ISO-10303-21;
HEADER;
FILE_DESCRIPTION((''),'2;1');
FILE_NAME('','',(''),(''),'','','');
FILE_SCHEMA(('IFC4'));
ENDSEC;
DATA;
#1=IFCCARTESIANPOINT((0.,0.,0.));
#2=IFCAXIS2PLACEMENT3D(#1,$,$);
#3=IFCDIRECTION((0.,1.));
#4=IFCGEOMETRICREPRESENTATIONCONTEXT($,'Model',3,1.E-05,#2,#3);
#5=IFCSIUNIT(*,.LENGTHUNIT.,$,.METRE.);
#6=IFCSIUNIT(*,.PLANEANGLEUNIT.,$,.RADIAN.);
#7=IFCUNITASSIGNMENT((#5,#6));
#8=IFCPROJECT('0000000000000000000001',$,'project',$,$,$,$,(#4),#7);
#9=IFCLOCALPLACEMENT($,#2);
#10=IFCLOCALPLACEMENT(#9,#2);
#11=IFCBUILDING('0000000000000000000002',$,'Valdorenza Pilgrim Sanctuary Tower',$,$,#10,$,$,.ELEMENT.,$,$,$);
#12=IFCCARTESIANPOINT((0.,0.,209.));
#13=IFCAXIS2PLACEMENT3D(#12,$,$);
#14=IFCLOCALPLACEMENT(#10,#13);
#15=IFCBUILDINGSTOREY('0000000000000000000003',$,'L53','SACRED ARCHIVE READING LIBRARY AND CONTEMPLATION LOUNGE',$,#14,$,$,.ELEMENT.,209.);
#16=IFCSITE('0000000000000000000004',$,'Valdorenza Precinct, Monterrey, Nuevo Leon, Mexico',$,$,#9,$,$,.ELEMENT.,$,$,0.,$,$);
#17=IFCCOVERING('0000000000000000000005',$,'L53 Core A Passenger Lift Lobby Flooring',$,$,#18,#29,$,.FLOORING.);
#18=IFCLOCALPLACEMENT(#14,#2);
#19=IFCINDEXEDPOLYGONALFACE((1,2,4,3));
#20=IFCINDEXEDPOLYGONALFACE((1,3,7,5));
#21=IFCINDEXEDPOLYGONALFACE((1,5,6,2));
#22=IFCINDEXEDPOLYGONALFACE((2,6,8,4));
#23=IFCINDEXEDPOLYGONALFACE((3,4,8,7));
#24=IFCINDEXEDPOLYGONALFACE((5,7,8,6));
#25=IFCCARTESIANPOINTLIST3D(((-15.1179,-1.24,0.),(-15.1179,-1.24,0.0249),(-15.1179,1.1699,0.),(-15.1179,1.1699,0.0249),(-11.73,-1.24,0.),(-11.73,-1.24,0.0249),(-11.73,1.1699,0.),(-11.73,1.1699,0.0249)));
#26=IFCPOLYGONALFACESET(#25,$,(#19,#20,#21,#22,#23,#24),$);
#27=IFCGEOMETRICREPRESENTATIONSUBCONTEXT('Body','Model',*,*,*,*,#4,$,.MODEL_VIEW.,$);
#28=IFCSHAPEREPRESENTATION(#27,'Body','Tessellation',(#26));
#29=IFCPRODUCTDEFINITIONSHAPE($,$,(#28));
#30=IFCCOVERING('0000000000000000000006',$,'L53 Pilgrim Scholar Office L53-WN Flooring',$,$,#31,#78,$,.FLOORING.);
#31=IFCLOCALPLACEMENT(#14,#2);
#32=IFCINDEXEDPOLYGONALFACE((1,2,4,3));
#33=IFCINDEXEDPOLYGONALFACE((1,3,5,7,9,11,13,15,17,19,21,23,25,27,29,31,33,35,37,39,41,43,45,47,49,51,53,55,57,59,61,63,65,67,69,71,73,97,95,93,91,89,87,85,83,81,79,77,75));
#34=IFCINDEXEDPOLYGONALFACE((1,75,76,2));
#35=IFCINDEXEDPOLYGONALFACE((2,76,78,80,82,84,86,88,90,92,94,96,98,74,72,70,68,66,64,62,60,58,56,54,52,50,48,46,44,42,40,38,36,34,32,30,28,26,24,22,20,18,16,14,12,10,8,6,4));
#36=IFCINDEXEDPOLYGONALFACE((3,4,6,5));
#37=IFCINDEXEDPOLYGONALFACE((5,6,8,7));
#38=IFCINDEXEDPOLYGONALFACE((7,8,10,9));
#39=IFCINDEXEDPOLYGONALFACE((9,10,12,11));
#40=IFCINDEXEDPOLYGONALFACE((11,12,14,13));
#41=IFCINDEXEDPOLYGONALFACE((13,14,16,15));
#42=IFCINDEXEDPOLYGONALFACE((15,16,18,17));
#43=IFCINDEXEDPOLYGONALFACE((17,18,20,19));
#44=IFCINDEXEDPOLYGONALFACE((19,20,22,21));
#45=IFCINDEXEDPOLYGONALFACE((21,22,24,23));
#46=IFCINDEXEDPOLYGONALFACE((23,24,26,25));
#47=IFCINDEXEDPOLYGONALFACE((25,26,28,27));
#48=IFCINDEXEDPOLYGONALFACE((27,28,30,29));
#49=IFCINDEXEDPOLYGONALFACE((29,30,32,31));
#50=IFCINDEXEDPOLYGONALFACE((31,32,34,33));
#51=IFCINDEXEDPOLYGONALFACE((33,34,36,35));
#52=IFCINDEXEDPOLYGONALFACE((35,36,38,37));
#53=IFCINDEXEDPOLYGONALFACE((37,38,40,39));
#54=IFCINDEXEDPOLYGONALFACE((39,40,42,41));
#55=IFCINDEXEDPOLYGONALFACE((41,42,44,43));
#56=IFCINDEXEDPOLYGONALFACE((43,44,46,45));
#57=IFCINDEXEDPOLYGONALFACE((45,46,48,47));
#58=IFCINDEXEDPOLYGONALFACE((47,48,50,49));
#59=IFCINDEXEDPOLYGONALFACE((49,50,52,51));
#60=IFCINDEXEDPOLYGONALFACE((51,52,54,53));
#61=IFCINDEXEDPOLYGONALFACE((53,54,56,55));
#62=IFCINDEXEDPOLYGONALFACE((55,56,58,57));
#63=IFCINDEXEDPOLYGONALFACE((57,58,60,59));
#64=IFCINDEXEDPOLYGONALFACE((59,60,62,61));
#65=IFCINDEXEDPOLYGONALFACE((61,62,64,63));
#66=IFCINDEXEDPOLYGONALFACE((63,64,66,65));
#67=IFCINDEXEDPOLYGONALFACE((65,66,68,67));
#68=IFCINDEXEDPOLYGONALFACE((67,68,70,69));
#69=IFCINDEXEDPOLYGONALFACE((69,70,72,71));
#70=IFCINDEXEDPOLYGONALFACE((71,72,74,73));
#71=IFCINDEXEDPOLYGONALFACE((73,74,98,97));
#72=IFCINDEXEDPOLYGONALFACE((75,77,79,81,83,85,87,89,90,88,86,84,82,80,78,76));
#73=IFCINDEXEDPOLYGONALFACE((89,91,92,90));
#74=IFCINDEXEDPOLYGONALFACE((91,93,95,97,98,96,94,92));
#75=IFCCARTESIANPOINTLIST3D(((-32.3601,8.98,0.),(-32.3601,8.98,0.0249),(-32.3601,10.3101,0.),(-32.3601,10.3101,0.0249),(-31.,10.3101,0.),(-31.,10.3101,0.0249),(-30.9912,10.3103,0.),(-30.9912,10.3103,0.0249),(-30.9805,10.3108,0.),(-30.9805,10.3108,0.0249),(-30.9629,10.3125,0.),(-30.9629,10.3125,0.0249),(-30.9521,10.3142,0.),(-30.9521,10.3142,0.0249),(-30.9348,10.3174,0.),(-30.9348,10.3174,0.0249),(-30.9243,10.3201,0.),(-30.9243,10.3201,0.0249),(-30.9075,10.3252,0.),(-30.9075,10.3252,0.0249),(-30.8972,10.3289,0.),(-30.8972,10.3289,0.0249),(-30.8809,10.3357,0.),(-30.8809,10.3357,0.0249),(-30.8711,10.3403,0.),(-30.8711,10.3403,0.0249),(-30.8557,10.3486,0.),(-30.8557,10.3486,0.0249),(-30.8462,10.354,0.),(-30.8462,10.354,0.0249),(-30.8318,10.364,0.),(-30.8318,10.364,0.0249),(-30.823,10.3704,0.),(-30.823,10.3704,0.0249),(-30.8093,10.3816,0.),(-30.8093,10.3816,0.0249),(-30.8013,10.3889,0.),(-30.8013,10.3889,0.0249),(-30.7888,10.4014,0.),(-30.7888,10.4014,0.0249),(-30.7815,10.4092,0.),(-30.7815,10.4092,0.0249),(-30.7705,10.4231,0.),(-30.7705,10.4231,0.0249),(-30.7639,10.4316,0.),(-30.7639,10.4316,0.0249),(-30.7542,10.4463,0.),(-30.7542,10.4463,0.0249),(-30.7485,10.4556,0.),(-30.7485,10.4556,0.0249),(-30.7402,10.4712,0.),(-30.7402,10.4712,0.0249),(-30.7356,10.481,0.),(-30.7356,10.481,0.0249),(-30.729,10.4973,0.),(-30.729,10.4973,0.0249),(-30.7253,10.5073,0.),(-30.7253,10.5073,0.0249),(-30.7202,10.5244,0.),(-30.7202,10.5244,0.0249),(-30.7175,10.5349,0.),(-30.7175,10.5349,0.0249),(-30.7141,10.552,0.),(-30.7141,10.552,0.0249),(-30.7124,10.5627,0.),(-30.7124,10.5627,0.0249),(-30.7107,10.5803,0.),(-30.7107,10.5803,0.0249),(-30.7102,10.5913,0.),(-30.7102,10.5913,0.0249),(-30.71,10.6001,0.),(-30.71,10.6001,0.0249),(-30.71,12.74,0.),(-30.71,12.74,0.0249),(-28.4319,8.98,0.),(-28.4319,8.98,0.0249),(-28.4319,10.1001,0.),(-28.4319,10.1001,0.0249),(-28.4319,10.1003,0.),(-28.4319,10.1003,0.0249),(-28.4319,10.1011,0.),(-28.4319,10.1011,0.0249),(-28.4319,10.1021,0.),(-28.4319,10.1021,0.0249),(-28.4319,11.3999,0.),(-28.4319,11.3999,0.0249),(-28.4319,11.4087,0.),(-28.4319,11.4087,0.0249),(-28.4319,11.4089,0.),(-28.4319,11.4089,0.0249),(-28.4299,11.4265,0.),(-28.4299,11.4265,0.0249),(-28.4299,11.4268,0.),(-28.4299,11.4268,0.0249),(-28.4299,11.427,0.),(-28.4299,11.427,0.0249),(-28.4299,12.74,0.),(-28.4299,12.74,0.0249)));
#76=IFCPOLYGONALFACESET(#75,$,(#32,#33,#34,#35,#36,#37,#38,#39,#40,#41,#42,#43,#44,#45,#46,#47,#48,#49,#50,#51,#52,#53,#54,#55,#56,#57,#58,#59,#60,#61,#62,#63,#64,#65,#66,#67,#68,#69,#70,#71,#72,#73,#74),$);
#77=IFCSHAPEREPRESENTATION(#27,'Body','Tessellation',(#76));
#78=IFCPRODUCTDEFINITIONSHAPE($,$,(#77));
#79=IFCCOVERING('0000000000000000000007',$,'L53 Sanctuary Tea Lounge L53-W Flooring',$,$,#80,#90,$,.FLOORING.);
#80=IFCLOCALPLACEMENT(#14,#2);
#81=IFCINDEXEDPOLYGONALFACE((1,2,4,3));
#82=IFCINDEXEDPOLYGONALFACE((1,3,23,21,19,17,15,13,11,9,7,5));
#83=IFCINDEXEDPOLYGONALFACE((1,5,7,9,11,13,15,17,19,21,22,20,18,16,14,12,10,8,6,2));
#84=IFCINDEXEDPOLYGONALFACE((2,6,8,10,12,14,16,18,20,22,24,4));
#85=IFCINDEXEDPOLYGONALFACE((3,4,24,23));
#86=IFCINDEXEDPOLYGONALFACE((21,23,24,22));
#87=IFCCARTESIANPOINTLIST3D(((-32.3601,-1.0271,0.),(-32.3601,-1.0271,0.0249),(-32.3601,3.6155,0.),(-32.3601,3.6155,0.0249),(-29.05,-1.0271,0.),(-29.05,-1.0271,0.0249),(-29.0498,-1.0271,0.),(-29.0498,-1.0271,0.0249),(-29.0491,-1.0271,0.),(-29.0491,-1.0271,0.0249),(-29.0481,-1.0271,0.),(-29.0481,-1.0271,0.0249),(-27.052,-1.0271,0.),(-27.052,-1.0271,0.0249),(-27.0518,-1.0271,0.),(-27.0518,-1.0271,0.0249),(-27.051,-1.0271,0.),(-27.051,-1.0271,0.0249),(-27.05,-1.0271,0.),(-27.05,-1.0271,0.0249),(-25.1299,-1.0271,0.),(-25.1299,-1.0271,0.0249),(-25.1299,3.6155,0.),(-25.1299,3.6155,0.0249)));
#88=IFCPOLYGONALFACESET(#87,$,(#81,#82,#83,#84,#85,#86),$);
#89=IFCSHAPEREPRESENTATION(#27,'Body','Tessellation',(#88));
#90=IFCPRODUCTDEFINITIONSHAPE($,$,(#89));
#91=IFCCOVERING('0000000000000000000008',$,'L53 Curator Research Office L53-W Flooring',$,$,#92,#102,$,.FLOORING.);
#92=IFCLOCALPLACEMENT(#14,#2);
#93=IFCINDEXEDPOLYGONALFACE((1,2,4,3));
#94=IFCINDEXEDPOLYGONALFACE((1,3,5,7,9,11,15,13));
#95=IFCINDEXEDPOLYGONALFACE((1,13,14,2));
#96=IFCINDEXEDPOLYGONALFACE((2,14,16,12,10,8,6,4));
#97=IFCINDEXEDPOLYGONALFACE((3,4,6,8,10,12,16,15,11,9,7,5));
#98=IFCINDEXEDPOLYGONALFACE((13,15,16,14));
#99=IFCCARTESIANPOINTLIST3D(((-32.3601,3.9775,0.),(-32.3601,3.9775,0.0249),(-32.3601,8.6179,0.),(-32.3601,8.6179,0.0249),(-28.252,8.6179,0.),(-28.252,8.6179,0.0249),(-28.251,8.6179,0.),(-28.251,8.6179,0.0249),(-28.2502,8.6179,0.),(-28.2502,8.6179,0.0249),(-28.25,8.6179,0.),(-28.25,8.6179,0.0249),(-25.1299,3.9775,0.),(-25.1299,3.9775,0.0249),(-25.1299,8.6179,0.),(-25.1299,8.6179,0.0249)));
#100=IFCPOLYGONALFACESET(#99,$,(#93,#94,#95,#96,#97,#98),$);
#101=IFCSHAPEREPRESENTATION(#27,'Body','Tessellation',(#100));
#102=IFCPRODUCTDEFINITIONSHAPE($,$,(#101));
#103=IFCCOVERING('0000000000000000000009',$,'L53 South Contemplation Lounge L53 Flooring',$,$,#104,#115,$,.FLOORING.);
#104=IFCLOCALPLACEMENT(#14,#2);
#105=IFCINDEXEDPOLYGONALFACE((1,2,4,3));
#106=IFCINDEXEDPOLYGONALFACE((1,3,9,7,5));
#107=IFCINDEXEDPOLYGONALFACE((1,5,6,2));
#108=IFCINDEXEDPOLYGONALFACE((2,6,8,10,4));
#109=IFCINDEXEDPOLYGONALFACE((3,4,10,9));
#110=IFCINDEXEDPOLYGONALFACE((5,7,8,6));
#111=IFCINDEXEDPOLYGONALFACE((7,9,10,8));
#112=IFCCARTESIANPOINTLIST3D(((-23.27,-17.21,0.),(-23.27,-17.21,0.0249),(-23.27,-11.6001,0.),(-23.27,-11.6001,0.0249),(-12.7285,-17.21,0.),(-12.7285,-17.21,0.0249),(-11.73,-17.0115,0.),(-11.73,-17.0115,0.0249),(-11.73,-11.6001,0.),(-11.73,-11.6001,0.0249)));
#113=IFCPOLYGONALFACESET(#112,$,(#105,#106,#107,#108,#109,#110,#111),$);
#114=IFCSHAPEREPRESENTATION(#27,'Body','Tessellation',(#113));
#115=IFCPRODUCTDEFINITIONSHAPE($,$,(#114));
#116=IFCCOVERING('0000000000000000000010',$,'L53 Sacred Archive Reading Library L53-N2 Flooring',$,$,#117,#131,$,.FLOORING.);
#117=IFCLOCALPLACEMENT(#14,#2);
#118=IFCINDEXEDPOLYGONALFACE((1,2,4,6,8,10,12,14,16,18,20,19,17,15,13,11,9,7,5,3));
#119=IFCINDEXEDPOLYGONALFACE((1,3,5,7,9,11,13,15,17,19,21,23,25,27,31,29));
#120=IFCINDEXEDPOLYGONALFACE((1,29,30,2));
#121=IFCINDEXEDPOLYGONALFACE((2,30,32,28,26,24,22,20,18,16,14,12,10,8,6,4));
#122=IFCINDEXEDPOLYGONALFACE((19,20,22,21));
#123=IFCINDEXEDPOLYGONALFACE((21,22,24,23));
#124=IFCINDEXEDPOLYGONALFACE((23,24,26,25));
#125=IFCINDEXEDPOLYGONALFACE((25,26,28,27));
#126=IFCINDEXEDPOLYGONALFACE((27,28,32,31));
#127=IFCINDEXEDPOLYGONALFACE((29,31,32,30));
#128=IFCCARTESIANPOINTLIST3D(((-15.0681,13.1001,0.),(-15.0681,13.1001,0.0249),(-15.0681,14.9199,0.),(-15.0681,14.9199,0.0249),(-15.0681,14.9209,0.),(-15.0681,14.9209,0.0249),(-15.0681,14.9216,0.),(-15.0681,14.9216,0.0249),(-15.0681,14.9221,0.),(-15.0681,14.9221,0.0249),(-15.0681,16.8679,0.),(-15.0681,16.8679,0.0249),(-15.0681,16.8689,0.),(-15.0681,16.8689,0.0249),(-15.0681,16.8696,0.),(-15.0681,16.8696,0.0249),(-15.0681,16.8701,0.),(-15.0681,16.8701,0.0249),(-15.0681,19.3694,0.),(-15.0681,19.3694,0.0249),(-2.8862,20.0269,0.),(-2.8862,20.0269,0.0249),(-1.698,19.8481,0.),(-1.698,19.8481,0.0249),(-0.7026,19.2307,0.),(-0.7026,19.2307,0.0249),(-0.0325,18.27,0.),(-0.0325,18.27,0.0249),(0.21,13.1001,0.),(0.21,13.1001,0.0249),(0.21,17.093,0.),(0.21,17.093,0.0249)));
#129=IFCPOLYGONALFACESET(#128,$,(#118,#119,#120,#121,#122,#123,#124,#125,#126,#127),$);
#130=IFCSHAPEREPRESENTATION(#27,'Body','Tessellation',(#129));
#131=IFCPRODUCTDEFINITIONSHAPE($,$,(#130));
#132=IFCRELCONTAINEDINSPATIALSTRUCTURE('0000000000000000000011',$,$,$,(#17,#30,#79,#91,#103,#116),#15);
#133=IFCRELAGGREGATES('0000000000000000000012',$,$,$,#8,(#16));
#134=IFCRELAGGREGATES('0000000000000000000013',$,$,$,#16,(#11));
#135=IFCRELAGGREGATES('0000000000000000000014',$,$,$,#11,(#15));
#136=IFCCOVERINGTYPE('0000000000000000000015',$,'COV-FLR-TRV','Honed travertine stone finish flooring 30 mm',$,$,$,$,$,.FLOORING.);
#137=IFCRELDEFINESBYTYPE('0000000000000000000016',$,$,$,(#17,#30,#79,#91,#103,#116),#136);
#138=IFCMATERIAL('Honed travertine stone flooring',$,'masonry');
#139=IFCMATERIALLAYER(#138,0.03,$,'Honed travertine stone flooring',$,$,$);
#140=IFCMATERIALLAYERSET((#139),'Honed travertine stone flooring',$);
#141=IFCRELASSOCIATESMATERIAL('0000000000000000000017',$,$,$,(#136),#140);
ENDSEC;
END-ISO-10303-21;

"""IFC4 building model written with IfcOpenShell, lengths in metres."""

from ifc_helpers import new_model, si_unit, direction, frame, origin, place, context, subcontext, project, spatial, polyline, outline, extrude, material, layer, layer_set, type_object, element, save


model = new_model("IFC4")

# Units and contexts
model_context = context("Model", 3, precision=1e-05, world=origin(), true_north=direction((0.0, 1.0)))
body_context = subcontext(model_context, "Body", "Model", "MODEL_VIEW")
ifc_project = project(units=[si_unit("LENGTHUNIT", "METRE"), si_unit("PLANEANGLEUNIT", "RADIAN")], contexts=[model_context])

# Site, building, storey
site_placement = place(None, origin())
site = spatial("IfcSite", under=ifc_project, at=site_placement, Name="Valdorenza Precinct, Monterrey, Nuevo Leon, Mexico", CompositionType="ELEMENT", RefElevation=0.0)
building_placement = place(site_placement, origin())
building = spatial("IfcBuilding", under=site, at=building_placement, Name="Valdorenza Pilgrim Sanctuary Tower", CompositionType="ELEMENT")
storey_placement = place(building_placement, frame((0.0, 0.0, 209.0)))
storey = spatial("IfcBuildingStorey", under=building, at=storey_placement, Name="L53", Description="SACRED ARCHIVE READING LIBRARY AND CONTEMPLATION LOUNGE", CompositionType="ELEMENT", Elevation=209.0)

# Coverings
ifc_material_1 = material(Name="Honed travertine stone flooring", Category="masonry")
ifc_layer_1 = layer(ifc_material_1, 0.03, Name="Honed travertine stone flooring")
ifc_layer_set_1 = layer_set([ifc_layer_1], Name="Honed travertine stone flooring")
covering_type_1 = type_object("IfcCoveringType", Name="COV-FLR-TRV", Description="Honed travertine stone finish flooring 30 mm", PredefinedType="FLOORING", material=ifc_layer_set_1)
covering_1_placement = place(storey_placement, origin())
element("IfcCovering", 1, at=covering_1_placement, inside=storey, type_object=covering_type_1, Name="L53 Core A Passenger Lift Lobby Flooring", PredefinedType="FLOORING", context=body_context, shape_type="SweptSolid", body=[
    extrude(outline(polyline([(-15.1179, 1.1699), (-11.73, 1.1699), (-11.73, -1.24), (-15.1179, -1.24), (-15.1179, 1.1699)])), origin(), (0.0, 0.0, 1.0), 0.0249),
])
covering_2_placement = place(storey_placement, origin())
element("IfcCovering", 2, at=covering_2_placement, inside=storey, type_object=covering_type_1, Name="L53 Pilgrim Scholar Office L53-WN Flooring", PredefinedType="FLOORING", context=body_context, shape_type="SweptSolid", body=[
    extrude(outline(polyline([(-28.4319, 10.1003), (-28.4319, 10.1001), (-28.4319, 8.98), (-32.3601, 8.98), (-32.3601, 10.3101), (-31.0, 10.3101), (-30.9912, 10.3103), (-30.9805, 10.3108), (-30.9629, 10.3125), (-30.9521, 10.3142), (-30.9348, 10.3174), (-30.9243, 10.3201), (-30.9075, 10.3252), (-30.8972, 10.3289), (-30.8809, 10.3357), (-30.8711, 10.3403), (-30.8557, 10.3486), (-30.8462, 10.354), (-30.8318, 10.364), (-30.823, 10.3704), (-30.8093, 10.3816), (-30.8013, 10.3889), (-30.7888, 10.4014), (-30.7815, 10.4092), (-30.7705, 10.4231), (-30.7639, 10.4316), (-30.7542, 10.4463), (-30.7485, 10.4556), (-30.7402, 10.4712), (-30.7356, 10.481), (-30.729, 10.4973), (-30.7253, 10.5073), (-30.7202, 10.5244), (-30.7175, 10.5349), (-30.7141, 10.552), (-30.7124, 10.5627), (-30.7107, 10.5803), (-30.7102, 10.5913), (-30.71, 10.6001), (-30.71, 12.74), (-28.4299, 12.74), (-28.4299, 11.427), (-28.4299, 11.4268), (-28.4299, 11.4265), (-28.4319, 11.4089), (-28.4319, 11.4087), (-28.4319, 11.3999), (-28.4319, 10.1021), (-28.4319, 10.1011), (-28.4319, 10.1003)])), origin(), (0.0, 0.0, 1.0), 0.0249),
])
covering_3_placement = place(storey_placement, origin())
element("IfcCovering", 3, at=covering_3_placement, inside=storey, type_object=covering_type_1, Name="L53 Sanctuary Tea Lounge L53-W Flooring", PredefinedType="FLOORING", context=body_context, shape_type="SweptSolid", body=[
    extrude(outline(polyline([(-29.0498, -1.0271), (-29.05, -1.0271), (-32.3601, -1.0271), (-32.3601, 3.6155), (-25.1299, 3.6155), (-25.1299, -1.0271), (-27.05, -1.0271), (-27.051, -1.0271), (-27.0518, -1.0271), (-27.052, -1.0271), (-29.0481, -1.0271), (-29.0491, -1.0271), (-29.0498, -1.0271)])), origin(), (0.0, 0.0, 1.0), 0.0249),
])
covering_4_placement = place(storey_placement, origin())
element("IfcCovering", 4, at=covering_4_placement, inside=storey, type_object=covering_type_1, Name="L53 Curator Research Office L53-W Flooring", PredefinedType="FLOORING", context=body_context, shape_type="SweptSolid", body=[
    extrude(outline(polyline([(-28.2502, 8.6179), (-28.25, 8.6179), (-25.1299, 8.6179), (-25.1299, 3.9775), (-32.3601, 3.9775), (-32.3601, 8.6179), (-28.252, 8.6179), (-28.251, 8.6179), (-28.2502, 8.6179)])), origin(), (0.0, 0.0, 1.0), 0.0249),
])
covering_5_placement = place(storey_placement, origin())
element("IfcCovering", 5, at=covering_5_placement, inside=storey, type_object=covering_type_1, Name="L53 South Contemplation Lounge L53 Flooring", PredefinedType="FLOORING", context=body_context, shape_type="SweptSolid", body=[
    extrude(outline(polyline([(-11.73, -11.6001), (-11.73, -17.0115), (-12.7285, -17.21), (-23.27, -17.21), (-23.27, -11.6001), (-11.73, -11.6001)])), origin(), (0.0, 0.0, 1.0), 0.0249),
])
covering_6_placement = place(storey_placement, origin())
element("IfcCovering", 6, at=covering_6_placement, inside=storey, type_object=covering_type_1, Name="L53 Sacred Archive Reading Library L53-N2 Flooring", PredefinedType="FLOORING", context=body_context, shape_type="SweptSolid", body=[
    extrude(outline(polyline([(-15.0681, 14.9216), (-15.0681, 14.9221), (-15.0681, 16.8679), (-15.0681, 16.8689), (-15.0681, 16.8696), (-15.0681, 16.8701), (-15.0681, 19.3694), (-2.8862, 20.0269), (-1.698, 19.8481), (-0.7026, 19.2307), (-0.0325, 18.27), (0.21, 17.093), (0.21, 13.1001), (-15.0681, 13.1001), (-15.0681, 14.9199), (-15.0681, 14.9209), (-15.0681, 14.9216)])), origin(), (0.0, 0.0, 1.0), 0.0249),
])

save(model, "model.ifc")
